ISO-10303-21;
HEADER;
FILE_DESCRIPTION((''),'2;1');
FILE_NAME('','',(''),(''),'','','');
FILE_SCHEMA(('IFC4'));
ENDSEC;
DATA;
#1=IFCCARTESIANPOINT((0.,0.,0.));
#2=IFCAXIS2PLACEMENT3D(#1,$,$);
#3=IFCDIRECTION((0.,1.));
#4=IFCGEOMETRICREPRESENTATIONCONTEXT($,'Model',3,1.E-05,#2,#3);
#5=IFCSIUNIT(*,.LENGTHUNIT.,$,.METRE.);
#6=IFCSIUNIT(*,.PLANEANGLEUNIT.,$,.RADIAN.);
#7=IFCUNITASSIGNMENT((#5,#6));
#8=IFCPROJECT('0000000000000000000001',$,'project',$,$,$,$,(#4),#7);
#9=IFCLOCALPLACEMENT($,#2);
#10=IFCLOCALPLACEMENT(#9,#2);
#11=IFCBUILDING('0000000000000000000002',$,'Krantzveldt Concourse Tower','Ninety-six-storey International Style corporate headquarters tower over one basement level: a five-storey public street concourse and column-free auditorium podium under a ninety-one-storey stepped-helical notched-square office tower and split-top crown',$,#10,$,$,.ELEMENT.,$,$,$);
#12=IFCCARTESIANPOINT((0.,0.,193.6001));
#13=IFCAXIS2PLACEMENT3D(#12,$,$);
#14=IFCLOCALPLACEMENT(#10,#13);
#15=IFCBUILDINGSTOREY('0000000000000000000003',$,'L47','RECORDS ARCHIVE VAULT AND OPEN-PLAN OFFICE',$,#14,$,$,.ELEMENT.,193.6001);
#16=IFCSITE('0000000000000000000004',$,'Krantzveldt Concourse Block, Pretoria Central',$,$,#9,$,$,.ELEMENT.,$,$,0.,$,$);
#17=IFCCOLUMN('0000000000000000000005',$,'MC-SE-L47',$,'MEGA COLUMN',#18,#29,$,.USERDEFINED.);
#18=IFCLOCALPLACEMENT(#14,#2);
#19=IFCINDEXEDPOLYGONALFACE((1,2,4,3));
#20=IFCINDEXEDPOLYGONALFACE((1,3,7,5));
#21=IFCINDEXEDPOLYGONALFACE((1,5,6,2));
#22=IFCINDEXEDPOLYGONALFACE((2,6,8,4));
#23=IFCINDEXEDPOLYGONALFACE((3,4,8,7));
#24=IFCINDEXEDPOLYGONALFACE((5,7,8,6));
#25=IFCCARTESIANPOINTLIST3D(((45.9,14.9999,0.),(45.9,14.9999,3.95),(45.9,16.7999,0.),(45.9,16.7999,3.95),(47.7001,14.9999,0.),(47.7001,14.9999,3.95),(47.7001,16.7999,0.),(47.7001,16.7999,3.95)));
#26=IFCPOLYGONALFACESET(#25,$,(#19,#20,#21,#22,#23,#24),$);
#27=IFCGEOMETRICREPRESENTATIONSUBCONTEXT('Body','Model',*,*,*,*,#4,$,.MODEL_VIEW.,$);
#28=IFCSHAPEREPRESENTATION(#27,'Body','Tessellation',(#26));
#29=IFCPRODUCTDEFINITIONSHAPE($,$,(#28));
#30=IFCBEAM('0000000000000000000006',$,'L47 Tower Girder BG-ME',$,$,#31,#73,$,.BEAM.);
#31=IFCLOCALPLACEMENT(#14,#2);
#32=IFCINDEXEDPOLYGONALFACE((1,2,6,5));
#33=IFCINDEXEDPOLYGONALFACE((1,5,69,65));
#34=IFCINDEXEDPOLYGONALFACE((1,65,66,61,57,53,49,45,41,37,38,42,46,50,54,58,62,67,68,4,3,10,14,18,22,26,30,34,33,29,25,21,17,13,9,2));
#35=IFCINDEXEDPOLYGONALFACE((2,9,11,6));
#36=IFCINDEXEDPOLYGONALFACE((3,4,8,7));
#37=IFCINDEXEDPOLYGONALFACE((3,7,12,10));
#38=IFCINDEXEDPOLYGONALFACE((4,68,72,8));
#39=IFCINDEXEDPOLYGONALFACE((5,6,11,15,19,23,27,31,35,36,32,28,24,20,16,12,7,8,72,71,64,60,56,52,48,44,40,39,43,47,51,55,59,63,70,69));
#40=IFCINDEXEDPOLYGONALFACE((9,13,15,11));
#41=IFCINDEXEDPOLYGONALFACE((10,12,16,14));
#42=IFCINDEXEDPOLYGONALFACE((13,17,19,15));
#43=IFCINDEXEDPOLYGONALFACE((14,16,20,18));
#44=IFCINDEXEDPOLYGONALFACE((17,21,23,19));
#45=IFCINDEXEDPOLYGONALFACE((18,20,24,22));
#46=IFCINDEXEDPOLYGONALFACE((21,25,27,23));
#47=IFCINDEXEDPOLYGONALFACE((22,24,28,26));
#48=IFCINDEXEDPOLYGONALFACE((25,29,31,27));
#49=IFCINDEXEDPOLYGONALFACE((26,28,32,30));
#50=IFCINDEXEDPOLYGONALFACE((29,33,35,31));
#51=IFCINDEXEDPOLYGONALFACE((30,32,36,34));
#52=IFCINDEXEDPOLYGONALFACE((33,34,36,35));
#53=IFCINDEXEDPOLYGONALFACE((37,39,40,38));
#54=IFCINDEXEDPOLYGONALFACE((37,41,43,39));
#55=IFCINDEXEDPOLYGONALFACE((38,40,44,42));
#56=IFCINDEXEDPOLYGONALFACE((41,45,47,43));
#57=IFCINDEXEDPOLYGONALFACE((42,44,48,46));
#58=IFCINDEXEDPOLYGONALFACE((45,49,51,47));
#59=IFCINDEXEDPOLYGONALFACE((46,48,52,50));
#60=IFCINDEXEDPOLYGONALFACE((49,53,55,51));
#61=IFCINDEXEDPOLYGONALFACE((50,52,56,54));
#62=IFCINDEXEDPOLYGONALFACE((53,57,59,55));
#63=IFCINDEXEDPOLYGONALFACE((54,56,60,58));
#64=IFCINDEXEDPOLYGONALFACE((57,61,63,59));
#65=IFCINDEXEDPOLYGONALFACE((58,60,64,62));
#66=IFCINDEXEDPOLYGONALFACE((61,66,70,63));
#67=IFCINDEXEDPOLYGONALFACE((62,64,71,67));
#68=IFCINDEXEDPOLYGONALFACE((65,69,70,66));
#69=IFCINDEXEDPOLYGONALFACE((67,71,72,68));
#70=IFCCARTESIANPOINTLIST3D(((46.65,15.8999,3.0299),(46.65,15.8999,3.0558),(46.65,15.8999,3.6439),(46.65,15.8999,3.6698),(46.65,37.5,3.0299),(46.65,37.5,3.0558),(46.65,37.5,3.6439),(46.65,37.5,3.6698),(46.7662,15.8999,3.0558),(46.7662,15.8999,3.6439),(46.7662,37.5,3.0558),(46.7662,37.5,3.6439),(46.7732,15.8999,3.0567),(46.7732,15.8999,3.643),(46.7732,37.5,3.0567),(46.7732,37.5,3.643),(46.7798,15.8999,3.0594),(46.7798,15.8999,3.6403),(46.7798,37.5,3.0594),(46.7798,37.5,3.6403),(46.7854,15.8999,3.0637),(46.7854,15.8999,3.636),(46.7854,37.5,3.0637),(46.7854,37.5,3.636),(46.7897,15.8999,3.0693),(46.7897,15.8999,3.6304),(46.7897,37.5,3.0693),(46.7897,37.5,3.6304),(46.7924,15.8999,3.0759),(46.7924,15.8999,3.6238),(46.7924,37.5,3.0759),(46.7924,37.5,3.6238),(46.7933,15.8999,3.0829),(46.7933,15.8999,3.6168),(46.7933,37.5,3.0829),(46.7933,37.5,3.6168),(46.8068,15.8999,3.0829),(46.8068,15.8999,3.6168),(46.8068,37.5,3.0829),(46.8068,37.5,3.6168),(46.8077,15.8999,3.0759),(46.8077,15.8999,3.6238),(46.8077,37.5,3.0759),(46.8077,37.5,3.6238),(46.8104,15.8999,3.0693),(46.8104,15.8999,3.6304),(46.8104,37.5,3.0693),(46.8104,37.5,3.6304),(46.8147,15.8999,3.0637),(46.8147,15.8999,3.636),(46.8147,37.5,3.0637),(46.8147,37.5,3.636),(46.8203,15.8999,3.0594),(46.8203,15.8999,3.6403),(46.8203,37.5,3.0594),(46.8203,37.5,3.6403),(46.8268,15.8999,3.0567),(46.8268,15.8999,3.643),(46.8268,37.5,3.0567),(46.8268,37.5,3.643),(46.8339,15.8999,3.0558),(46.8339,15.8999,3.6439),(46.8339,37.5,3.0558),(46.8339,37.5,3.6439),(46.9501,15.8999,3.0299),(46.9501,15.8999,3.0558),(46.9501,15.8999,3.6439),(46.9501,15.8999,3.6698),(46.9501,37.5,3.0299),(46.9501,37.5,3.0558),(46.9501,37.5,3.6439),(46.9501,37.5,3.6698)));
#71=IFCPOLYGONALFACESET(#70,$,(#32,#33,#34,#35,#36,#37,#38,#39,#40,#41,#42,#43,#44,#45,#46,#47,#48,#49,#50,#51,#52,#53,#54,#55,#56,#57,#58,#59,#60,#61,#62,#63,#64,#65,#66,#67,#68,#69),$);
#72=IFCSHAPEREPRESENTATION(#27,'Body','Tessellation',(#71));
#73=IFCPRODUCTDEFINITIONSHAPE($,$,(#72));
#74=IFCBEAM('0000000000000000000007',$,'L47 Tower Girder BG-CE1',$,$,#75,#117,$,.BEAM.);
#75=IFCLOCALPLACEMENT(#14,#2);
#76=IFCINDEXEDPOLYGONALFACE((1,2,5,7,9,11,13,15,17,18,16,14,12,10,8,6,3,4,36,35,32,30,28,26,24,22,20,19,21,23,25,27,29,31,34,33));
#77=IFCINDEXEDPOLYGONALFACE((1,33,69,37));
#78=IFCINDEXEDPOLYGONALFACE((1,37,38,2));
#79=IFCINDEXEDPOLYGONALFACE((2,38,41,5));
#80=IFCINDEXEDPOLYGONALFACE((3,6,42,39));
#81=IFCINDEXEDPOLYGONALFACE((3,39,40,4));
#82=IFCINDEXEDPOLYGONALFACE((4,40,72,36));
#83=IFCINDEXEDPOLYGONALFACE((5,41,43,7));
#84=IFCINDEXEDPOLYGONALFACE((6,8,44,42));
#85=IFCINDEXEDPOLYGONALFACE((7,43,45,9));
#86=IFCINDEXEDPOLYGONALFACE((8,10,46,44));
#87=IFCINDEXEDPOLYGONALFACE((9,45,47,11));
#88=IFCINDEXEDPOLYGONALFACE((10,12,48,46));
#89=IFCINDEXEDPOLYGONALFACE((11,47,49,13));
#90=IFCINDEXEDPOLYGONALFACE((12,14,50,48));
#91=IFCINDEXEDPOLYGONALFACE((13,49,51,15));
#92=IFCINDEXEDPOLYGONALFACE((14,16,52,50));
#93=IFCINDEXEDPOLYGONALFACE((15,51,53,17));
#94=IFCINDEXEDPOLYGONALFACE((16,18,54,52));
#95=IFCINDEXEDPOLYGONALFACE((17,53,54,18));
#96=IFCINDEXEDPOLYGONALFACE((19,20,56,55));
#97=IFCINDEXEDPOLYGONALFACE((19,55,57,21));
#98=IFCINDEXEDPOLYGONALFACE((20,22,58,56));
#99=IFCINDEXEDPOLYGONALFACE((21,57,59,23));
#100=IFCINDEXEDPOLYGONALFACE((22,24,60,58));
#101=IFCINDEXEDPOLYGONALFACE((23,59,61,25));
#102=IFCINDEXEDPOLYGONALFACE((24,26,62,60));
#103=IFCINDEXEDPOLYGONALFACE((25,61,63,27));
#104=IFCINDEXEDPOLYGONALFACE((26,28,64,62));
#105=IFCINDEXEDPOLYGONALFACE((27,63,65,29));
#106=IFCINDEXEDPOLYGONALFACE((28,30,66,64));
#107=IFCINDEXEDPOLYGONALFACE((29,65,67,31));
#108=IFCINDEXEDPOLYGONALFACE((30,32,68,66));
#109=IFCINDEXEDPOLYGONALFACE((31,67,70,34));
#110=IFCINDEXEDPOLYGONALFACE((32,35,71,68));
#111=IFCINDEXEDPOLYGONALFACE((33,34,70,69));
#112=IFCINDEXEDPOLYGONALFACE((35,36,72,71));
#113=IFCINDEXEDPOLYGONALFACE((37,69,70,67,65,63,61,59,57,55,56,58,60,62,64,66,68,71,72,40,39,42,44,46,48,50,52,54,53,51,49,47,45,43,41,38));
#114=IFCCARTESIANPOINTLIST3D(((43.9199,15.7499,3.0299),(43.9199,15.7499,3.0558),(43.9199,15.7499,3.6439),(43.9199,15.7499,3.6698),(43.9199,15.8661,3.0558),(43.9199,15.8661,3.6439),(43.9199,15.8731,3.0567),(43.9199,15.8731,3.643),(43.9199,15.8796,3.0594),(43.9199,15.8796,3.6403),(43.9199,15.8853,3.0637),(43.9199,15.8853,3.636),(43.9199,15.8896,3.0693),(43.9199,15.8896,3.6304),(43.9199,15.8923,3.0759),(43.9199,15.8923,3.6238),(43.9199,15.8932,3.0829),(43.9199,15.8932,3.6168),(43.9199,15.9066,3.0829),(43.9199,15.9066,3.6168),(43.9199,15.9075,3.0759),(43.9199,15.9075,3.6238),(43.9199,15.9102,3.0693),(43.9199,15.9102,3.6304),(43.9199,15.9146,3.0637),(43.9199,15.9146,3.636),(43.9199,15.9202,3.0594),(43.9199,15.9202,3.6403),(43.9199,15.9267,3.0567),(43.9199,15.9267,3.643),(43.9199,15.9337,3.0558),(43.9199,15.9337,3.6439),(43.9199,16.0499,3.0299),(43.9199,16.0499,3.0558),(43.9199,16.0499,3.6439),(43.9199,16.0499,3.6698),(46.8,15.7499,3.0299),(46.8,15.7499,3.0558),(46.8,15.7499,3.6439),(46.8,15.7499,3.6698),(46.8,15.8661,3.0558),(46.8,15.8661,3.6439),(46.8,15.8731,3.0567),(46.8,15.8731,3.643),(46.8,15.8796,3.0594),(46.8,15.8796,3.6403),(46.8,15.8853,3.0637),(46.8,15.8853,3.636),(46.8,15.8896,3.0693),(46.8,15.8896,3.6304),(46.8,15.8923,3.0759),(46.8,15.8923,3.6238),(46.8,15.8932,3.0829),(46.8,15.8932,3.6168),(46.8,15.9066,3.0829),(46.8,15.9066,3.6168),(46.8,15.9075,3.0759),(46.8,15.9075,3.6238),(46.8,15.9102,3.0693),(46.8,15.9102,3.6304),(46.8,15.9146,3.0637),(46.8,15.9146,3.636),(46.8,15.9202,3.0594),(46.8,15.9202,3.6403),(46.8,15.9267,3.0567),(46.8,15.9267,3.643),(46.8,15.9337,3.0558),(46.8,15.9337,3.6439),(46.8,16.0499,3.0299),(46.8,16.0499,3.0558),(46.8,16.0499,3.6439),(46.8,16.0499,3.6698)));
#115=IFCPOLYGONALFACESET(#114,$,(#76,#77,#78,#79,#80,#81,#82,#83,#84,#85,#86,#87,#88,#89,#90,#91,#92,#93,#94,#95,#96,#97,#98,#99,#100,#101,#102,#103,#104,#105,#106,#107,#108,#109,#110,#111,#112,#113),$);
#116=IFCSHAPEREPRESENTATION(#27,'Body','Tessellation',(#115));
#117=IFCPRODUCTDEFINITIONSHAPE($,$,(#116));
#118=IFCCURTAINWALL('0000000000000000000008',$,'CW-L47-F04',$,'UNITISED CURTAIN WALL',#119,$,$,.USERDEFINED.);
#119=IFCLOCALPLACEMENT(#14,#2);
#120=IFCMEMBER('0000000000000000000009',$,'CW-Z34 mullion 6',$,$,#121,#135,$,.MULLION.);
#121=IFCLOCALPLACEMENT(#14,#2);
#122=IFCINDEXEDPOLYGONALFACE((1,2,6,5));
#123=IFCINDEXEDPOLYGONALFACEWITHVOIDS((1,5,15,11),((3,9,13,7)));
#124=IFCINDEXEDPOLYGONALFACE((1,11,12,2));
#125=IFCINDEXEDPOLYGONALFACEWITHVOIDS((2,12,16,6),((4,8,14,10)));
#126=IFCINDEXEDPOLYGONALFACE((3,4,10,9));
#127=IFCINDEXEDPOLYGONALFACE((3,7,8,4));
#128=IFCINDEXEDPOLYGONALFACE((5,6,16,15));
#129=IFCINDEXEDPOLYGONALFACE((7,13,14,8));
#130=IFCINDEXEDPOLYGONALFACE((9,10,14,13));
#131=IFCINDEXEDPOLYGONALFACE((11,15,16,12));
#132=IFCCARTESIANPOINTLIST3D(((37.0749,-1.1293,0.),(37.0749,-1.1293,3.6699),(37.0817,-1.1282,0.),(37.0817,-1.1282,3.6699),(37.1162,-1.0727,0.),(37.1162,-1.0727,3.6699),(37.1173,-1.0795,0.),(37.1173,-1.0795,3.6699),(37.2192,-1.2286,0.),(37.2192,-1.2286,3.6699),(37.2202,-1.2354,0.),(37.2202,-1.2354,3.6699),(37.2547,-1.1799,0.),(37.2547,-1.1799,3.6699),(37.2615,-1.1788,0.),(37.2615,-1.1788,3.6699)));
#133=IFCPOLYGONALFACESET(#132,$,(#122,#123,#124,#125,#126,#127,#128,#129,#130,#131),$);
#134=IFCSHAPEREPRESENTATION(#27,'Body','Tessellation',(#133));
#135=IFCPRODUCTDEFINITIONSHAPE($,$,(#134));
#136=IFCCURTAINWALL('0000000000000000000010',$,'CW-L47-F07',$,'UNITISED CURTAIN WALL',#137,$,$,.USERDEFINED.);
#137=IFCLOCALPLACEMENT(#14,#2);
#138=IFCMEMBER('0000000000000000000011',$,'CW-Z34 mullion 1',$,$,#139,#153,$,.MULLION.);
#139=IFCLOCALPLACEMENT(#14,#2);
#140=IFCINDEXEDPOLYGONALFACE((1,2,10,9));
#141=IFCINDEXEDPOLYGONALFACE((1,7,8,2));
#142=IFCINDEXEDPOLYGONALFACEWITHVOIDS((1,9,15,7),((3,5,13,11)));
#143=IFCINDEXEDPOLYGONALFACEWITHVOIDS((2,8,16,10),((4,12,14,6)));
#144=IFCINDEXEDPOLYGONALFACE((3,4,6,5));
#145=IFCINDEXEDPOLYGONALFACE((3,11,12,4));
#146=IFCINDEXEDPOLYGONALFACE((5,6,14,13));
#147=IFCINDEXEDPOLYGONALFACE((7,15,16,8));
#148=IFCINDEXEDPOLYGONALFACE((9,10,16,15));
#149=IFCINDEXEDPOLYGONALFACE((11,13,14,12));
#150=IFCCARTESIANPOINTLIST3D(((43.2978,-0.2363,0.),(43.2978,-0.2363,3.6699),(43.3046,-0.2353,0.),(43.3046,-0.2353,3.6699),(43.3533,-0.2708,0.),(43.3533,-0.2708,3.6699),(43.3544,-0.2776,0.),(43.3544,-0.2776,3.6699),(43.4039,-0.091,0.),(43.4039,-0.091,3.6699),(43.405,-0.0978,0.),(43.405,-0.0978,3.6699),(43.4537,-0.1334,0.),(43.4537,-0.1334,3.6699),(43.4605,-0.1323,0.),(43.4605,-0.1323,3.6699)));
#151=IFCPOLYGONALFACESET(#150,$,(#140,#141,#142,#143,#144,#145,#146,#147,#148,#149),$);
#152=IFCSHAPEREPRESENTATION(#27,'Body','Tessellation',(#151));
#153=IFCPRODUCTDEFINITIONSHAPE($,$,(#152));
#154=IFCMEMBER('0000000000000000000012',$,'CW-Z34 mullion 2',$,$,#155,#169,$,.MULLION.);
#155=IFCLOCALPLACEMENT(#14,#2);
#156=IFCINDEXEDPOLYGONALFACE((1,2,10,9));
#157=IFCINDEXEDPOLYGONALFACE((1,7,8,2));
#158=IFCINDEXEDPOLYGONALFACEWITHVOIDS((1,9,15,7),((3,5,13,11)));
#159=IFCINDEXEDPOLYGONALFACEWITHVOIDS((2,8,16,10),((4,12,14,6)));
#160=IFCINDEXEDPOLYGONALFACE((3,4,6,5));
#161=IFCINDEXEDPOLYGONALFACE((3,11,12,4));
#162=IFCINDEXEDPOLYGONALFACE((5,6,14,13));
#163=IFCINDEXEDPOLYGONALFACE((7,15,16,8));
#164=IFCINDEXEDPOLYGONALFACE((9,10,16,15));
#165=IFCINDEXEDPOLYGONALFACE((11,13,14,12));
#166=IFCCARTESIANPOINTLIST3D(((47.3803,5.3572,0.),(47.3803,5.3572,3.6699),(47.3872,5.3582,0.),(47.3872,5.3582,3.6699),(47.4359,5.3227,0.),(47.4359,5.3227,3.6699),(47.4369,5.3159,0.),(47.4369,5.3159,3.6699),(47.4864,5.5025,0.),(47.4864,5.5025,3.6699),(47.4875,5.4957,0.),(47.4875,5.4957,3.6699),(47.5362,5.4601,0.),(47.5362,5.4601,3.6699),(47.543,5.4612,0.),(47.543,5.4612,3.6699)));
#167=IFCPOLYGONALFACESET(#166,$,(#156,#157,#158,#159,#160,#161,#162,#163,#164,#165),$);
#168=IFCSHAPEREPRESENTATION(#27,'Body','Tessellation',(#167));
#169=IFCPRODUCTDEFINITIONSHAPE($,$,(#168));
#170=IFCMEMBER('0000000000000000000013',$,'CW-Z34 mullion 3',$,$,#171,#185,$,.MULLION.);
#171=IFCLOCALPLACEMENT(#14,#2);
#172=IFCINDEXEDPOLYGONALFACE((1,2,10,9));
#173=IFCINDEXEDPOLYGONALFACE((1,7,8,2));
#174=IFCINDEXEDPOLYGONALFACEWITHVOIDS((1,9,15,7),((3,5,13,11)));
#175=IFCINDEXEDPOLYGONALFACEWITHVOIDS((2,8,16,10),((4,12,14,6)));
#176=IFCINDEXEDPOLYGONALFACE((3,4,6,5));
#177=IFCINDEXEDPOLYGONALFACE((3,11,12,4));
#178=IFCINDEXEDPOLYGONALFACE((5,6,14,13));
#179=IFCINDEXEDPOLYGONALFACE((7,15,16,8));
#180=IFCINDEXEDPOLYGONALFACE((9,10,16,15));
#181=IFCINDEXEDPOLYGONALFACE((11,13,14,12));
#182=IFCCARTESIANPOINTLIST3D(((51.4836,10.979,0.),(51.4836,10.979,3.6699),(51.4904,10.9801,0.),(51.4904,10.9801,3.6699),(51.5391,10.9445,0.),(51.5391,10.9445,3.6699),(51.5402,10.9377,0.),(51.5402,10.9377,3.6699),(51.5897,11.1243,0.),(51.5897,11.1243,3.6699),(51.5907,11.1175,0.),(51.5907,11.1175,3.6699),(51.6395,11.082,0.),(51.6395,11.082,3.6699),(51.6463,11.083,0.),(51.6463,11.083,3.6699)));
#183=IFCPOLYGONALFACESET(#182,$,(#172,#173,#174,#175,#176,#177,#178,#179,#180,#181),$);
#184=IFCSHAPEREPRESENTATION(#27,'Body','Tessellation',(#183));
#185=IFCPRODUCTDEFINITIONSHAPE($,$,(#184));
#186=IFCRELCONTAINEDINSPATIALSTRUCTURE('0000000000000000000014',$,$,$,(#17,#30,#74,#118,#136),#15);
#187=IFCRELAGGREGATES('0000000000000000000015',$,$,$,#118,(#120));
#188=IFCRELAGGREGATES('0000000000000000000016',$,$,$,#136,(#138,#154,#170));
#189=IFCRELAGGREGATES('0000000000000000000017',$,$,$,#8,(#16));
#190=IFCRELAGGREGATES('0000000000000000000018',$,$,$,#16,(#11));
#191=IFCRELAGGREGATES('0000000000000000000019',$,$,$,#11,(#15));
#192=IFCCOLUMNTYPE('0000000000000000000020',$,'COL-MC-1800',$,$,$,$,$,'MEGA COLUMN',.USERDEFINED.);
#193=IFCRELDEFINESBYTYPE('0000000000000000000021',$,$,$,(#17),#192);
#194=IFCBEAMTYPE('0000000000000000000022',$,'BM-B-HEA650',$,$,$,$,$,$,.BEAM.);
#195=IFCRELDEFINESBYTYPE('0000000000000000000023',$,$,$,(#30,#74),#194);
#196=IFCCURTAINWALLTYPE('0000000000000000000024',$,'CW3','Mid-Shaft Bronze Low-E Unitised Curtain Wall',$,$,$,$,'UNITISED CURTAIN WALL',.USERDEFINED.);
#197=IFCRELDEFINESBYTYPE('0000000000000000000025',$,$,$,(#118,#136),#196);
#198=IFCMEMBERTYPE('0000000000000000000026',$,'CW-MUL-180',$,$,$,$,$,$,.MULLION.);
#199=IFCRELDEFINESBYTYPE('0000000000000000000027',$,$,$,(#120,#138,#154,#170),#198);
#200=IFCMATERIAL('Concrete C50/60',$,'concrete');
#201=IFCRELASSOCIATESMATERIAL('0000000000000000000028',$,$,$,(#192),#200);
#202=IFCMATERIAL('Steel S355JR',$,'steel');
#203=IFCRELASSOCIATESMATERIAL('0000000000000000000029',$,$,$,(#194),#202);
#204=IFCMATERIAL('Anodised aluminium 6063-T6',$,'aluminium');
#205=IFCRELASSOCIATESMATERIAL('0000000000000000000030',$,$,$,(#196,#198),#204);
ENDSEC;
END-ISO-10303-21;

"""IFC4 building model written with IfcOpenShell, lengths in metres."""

from ifc_helpers import new_model, si_unit, direction, frame, origin, origin_2d, place, context, subcontext, project, spatial, rectangle, hollow_rectangle, i_section, extrude, source, transform, mapped, material, material_profile, profile_set, type_object, type_shapes, element, aggregate, save


model = new_model("IFC4")

# Units and contexts
model_context = context("Model", 3, precision=1e-05, world=origin(), true_north=direction((0.0, 1.0)))
body_context = subcontext(model_context, "Body", "Model", "MODEL_VIEW")
ifc_project = project(units=[si_unit("LENGTHUNIT", "METRE"), si_unit("PLANEANGLEUNIT", "RADIAN")], contexts=[model_context])

# Site, building, storey
site_placement = place(None, origin())
site = spatial("IfcSite", under=ifc_project, at=site_placement, Name="Krantzveldt Concourse Block, Pretoria Central", CompositionType="ELEMENT", RefElevation=0.0)
building_placement = place(site_placement, origin())
building = spatial("IfcBuilding", under=site, at=building_placement, Name="Krantzveldt Concourse Tower", Description="Ninety-six-storey International Style corporate headquarters tower over one basement level: a five-storey public street concourse and column-free auditorium podium under a ninety-one-storey stepped-helical notched-square office tower and split-top crown", CompositionType="ELEMENT")
storey_placement = place(building_placement, frame((0.0, 0.0, 193.6001)))
storey = spatial("IfcBuildingStorey", under=building, at=storey_placement, Name="L47", Description="RECORDS ARCHIVE VAULT AND OPEN-PLAN OFFICE", CompositionType="ELEMENT", Elevation=193.6001)

# Column
ifc_material_1 = material(Name="Concrete C50/60", Category="concrete")
ifc_material_profile_1 = material_profile(ifc_material_1, rectangle(XDim=1.8, YDim=1.8, at=origin_2d()), Name="Concrete C50/60", Category="concrete")
ifc_profile_set_1 = profile_set([ifc_material_profile_1], Name="Concrete C50/60 - RC 1800x1800")
column_type = type_object("IfcColumnType", Name="COL-MC-1800", ElementType="MEGA COLUMN", PredefinedType="USERDEFINED", material=ifc_profile_set_1)
shared_shape_1 = source(origin(), body_context, "Body", "SweptSolid", [
    extrude(rectangle(XDim=1.8, YDim=1.8, at=origin_2d()), origin(), (0.0, 0.0, 1.0), 3.95),
])
type_shapes(column_type, [shared_shape_1])
column_placement = place(storey_placement, frame((46.8, 15.8999, 0.0), z_axis=(0.0, 0.0, 1.0), x_axis=(1.0, 0.0, 0.0)))
element("IfcColumn", 1, at=column_placement, inside=storey, type_object=column_type, Name="MC-SE-L47", ObjectType="MEGA COLUMN", PredefinedType="USERDEFINED", context=body_context, shape_type="MappedRepresentation", body=[
    mapped(shared_shape_1, transform((0.0, 0.0, 0.0), x_axis=(1.0, 0.0, 0.0), y_axis=(0.0, 1.0, 0.0), z_axis=(0.0, 0.0, 1.0), scale=1.0)),
])

# Beams
ifc_material_2 = material(Name="Steel S355JR", Category="steel")
ifc_material_profile_2 = material_profile(ifc_material_2, i_section(OverallWidth=0.3, OverallDepth=0.6399, WebThickness=0.0134, FlangeThickness=0.0259, FilletRadius=0.0271, at=origin_2d()), Name="Steel S355JR", Category="steel")
ifc_profile_set_2 = profile_set([ifc_material_profile_2], Name="Steel S355JR - HEA 650")
beam_type = type_object("IfcBeamType", Name="BM-B-HEA650", PredefinedType="BEAM", material=ifc_profile_set_2)
shared_shape_2 = source(origin(), body_context, "Body", "SweptSolid", [
    extrude(i_section(OverallWidth=0.3, OverallDepth=0.6399, WebThickness=0.0134, FlangeThickness=0.0259, FilletRadius=0.0271, at=origin_2d()), origin(), (0.0, 0.0, 1.0), 21.6001),
])
beam_1_placement = place(storey_placement, frame((46.8, 15.8999, 3.3499), z_axis=(0.0, 1.0, 0.0), x_axis=(-1.0, 0.0, 0.0)))
element("IfcBeam", 2, at=beam_1_placement, inside=storey, type_object=beam_type, Name="L47 Tower Girder BG-ME", PredefinedType="BEAM", context=body_context, shape_type="MappedRepresentation", body=[
    mapped(shared_shape_2, transform((0.0, 0.0, 0.0), x_axis=(1.0, 0.0, 0.0), y_axis=(0.0, 1.0, 0.0), z_axis=(0.0, 0.0, 1.0), scale=1.0)),
])
shared_shape_3 = source(origin(), body_context, "Body", "SweptSolid", [
    extrude(i_section(OverallWidth=0.3, OverallDepth=0.6399, WebThickness=0.0134, FlangeThickness=0.0259, FilletRadius=0.0271, at=origin_2d()), origin(), (0.0, 0.0, 1.0), 2.8801),
])
type_shapes(beam_type, [shared_shape_2, shared_shape_3])
beam_2_placement = place(storey_placement, frame((43.9199, 15.8999, 3.3499), z_axis=(1.0, 0.0, 0.0), x_axis=(0.0, 1.0, 0.0)))
element("IfcBeam", 3, at=beam_2_placement, inside=storey, type_object=beam_type, Name="L47 Tower Girder BG-CE1", PredefinedType="BEAM", context=body_context, shape_type="MappedRepresentation", body=[
    mapped(shared_shape_3, transform((0.0, 0.0, 0.0), x_axis=(1.0, 0.0, 0.0), y_axis=(0.0, 1.0, 0.0), z_axis=(0.0, 0.0, 1.0), scale=1.0)),
])

# Curtain wall, member
ifc_material_3 = material(Name="Anodised aluminium 6063-T6", Category="aluminium")
curtain_wall_type = type_object("IfcCurtainWallType", Name="CW3", Description="Mid-Shaft Bronze Low-E Unitised Curtain Wall", ElementType="UNITISED CURTAIN WALL", PredefinedType="USERDEFINED", material=ifc_material_3)
curtain_wall_1_placement = place(storey_placement, origin())
curtain_wall_1 = element("IfcCurtainWall", 4, at=curtain_wall_1_placement, inside=storey, type_object=curtain_wall_type, Name="CW-L47-F04", ObjectType="UNITISED CURTAIN WALL", PredefinedType="USERDEFINED")
ifc_material_profile_3 = material_profile(ifc_material_3, hollow_rectangle(XDim=0.0701, YDim=0.1799, WallThickness=0.0049, at=origin_2d()), Name="Anodised aluminium 6063-T6", Category="aluminium")
ifc_profile_set_3 = profile_set([ifc_material_profile_3], Name="Anodised aluminium 6063-T6 - ALU-MULL 180x70x5")
member_type_1 = type_object("IfcMemberType", Name="CW-MUL-180", PredefinedType="MULLION", material=ifc_profile_set_3)
shared_shape_4 = source(origin(), body_context, "Body", "SweptSolid", [
    extrude(hollow_rectangle(XDim=0.0701, YDim=0.1799, WallThickness=0.0049, at=origin_2d()), origin(), (0.0, 0.0, 1.0), 3.6699),
])
type_shapes(member_type_1, [shared_shape_4])
member_1_placement = place(storey_placement, frame((37.1682, -1.1541, 0.0), z_axis=(0.0, 0.0, 1.0), x_axis=(0.589549, 0.807733, 0.0)))
member_1 = element("IfcMember", 5, at=member_1_placement, type_object=member_type_1, Name="CW-Z34 mullion 6", PredefinedType="MULLION", context=body_context, shape_type="MappedRepresentation", body=[
    mapped(shared_shape_4, transform((0.0, 0.0, 0.0), x_axis=(1.0, 0.0, 0.0), y_axis=(0.0, 1.0, 0.0), z_axis=(0.0, 0.0, 1.0), scale=1.0)),
])
aggregate(curtain_wall_1, [member_1])

# Curtain wall, members
curtain_wall_2_placement = place(storey_placement, origin())
curtain_wall_2 = element("IfcCurtainWall", 6, at=curtain_wall_2_placement, inside=storey, type_object=curtain_wall_type, Name="CW-L47-F07", ObjectType="UNITISED CURTAIN WALL", PredefinedType="USERDEFINED")
member_2_placement = place(storey_placement, frame((43.3792, -0.1843, 0.0), z_axis=(0.0, 0.0, 1.0), x_axis=(-0.807733, 0.589549, 0.0)))
member_2 = element("IfcMember", 7, at=member_2_placement, type_object=member_type_1, Name="CW-Z34 mullion 1", PredefinedType="MULLION", context=body_context, shape_type="MappedRepresentation", body=[
    mapped(shared_shape_4, transform((0.0, 0.0, 0.0), x_axis=(1.0, 0.0, 0.0), y_axis=(0.0, 1.0, 0.0), z_axis=(0.0, 0.0, 1.0), scale=1.0)),
])
member_3_placement = place(storey_placement, frame((47.4617, 5.4092, 0.0), z_axis=(0.0, 0.0, 1.0), x_axis=(-0.807733, 0.589549, 0.0)))
member_3 = element("IfcMember", 8, at=member_3_placement, type_object=member_type_1, Name="CW-Z34 mullion 2", PredefinedType="MULLION", context=body_context, shape_type="MappedRepresentation", body=[
    mapped(shared_shape_4, transform((0.0, 0.0, 0.0), x_axis=(1.0, 0.0, 0.0), y_axis=(0.0, 1.0, 0.0), z_axis=(0.0, 0.0, 1.0), scale=1.0)),
])
member_4_placement = place(storey_placement, frame((51.5649, 11.031, 0.0), z_axis=(0.0, 0.0, 1.0), x_axis=(-0.807733, 0.589549, 0.0)))
member_4 = element("IfcMember", 9, at=member_4_placement, type_object=member_type_1, Name="CW-Z34 mullion 3", PredefinedType="MULLION", context=body_context, shape_type="MappedRepresentation", body=[
    mapped(shared_shape_4, transform((0.0, 0.0, 0.0), x_axis=(1.0, 0.0, 0.0), y_axis=(0.0, 1.0, 0.0), z_axis=(0.0, 0.0, 1.0), scale=1.0)),
])
aggregate(curtain_wall_2, [member_2, member_3, member_4])

save(model, "model.ifc")
